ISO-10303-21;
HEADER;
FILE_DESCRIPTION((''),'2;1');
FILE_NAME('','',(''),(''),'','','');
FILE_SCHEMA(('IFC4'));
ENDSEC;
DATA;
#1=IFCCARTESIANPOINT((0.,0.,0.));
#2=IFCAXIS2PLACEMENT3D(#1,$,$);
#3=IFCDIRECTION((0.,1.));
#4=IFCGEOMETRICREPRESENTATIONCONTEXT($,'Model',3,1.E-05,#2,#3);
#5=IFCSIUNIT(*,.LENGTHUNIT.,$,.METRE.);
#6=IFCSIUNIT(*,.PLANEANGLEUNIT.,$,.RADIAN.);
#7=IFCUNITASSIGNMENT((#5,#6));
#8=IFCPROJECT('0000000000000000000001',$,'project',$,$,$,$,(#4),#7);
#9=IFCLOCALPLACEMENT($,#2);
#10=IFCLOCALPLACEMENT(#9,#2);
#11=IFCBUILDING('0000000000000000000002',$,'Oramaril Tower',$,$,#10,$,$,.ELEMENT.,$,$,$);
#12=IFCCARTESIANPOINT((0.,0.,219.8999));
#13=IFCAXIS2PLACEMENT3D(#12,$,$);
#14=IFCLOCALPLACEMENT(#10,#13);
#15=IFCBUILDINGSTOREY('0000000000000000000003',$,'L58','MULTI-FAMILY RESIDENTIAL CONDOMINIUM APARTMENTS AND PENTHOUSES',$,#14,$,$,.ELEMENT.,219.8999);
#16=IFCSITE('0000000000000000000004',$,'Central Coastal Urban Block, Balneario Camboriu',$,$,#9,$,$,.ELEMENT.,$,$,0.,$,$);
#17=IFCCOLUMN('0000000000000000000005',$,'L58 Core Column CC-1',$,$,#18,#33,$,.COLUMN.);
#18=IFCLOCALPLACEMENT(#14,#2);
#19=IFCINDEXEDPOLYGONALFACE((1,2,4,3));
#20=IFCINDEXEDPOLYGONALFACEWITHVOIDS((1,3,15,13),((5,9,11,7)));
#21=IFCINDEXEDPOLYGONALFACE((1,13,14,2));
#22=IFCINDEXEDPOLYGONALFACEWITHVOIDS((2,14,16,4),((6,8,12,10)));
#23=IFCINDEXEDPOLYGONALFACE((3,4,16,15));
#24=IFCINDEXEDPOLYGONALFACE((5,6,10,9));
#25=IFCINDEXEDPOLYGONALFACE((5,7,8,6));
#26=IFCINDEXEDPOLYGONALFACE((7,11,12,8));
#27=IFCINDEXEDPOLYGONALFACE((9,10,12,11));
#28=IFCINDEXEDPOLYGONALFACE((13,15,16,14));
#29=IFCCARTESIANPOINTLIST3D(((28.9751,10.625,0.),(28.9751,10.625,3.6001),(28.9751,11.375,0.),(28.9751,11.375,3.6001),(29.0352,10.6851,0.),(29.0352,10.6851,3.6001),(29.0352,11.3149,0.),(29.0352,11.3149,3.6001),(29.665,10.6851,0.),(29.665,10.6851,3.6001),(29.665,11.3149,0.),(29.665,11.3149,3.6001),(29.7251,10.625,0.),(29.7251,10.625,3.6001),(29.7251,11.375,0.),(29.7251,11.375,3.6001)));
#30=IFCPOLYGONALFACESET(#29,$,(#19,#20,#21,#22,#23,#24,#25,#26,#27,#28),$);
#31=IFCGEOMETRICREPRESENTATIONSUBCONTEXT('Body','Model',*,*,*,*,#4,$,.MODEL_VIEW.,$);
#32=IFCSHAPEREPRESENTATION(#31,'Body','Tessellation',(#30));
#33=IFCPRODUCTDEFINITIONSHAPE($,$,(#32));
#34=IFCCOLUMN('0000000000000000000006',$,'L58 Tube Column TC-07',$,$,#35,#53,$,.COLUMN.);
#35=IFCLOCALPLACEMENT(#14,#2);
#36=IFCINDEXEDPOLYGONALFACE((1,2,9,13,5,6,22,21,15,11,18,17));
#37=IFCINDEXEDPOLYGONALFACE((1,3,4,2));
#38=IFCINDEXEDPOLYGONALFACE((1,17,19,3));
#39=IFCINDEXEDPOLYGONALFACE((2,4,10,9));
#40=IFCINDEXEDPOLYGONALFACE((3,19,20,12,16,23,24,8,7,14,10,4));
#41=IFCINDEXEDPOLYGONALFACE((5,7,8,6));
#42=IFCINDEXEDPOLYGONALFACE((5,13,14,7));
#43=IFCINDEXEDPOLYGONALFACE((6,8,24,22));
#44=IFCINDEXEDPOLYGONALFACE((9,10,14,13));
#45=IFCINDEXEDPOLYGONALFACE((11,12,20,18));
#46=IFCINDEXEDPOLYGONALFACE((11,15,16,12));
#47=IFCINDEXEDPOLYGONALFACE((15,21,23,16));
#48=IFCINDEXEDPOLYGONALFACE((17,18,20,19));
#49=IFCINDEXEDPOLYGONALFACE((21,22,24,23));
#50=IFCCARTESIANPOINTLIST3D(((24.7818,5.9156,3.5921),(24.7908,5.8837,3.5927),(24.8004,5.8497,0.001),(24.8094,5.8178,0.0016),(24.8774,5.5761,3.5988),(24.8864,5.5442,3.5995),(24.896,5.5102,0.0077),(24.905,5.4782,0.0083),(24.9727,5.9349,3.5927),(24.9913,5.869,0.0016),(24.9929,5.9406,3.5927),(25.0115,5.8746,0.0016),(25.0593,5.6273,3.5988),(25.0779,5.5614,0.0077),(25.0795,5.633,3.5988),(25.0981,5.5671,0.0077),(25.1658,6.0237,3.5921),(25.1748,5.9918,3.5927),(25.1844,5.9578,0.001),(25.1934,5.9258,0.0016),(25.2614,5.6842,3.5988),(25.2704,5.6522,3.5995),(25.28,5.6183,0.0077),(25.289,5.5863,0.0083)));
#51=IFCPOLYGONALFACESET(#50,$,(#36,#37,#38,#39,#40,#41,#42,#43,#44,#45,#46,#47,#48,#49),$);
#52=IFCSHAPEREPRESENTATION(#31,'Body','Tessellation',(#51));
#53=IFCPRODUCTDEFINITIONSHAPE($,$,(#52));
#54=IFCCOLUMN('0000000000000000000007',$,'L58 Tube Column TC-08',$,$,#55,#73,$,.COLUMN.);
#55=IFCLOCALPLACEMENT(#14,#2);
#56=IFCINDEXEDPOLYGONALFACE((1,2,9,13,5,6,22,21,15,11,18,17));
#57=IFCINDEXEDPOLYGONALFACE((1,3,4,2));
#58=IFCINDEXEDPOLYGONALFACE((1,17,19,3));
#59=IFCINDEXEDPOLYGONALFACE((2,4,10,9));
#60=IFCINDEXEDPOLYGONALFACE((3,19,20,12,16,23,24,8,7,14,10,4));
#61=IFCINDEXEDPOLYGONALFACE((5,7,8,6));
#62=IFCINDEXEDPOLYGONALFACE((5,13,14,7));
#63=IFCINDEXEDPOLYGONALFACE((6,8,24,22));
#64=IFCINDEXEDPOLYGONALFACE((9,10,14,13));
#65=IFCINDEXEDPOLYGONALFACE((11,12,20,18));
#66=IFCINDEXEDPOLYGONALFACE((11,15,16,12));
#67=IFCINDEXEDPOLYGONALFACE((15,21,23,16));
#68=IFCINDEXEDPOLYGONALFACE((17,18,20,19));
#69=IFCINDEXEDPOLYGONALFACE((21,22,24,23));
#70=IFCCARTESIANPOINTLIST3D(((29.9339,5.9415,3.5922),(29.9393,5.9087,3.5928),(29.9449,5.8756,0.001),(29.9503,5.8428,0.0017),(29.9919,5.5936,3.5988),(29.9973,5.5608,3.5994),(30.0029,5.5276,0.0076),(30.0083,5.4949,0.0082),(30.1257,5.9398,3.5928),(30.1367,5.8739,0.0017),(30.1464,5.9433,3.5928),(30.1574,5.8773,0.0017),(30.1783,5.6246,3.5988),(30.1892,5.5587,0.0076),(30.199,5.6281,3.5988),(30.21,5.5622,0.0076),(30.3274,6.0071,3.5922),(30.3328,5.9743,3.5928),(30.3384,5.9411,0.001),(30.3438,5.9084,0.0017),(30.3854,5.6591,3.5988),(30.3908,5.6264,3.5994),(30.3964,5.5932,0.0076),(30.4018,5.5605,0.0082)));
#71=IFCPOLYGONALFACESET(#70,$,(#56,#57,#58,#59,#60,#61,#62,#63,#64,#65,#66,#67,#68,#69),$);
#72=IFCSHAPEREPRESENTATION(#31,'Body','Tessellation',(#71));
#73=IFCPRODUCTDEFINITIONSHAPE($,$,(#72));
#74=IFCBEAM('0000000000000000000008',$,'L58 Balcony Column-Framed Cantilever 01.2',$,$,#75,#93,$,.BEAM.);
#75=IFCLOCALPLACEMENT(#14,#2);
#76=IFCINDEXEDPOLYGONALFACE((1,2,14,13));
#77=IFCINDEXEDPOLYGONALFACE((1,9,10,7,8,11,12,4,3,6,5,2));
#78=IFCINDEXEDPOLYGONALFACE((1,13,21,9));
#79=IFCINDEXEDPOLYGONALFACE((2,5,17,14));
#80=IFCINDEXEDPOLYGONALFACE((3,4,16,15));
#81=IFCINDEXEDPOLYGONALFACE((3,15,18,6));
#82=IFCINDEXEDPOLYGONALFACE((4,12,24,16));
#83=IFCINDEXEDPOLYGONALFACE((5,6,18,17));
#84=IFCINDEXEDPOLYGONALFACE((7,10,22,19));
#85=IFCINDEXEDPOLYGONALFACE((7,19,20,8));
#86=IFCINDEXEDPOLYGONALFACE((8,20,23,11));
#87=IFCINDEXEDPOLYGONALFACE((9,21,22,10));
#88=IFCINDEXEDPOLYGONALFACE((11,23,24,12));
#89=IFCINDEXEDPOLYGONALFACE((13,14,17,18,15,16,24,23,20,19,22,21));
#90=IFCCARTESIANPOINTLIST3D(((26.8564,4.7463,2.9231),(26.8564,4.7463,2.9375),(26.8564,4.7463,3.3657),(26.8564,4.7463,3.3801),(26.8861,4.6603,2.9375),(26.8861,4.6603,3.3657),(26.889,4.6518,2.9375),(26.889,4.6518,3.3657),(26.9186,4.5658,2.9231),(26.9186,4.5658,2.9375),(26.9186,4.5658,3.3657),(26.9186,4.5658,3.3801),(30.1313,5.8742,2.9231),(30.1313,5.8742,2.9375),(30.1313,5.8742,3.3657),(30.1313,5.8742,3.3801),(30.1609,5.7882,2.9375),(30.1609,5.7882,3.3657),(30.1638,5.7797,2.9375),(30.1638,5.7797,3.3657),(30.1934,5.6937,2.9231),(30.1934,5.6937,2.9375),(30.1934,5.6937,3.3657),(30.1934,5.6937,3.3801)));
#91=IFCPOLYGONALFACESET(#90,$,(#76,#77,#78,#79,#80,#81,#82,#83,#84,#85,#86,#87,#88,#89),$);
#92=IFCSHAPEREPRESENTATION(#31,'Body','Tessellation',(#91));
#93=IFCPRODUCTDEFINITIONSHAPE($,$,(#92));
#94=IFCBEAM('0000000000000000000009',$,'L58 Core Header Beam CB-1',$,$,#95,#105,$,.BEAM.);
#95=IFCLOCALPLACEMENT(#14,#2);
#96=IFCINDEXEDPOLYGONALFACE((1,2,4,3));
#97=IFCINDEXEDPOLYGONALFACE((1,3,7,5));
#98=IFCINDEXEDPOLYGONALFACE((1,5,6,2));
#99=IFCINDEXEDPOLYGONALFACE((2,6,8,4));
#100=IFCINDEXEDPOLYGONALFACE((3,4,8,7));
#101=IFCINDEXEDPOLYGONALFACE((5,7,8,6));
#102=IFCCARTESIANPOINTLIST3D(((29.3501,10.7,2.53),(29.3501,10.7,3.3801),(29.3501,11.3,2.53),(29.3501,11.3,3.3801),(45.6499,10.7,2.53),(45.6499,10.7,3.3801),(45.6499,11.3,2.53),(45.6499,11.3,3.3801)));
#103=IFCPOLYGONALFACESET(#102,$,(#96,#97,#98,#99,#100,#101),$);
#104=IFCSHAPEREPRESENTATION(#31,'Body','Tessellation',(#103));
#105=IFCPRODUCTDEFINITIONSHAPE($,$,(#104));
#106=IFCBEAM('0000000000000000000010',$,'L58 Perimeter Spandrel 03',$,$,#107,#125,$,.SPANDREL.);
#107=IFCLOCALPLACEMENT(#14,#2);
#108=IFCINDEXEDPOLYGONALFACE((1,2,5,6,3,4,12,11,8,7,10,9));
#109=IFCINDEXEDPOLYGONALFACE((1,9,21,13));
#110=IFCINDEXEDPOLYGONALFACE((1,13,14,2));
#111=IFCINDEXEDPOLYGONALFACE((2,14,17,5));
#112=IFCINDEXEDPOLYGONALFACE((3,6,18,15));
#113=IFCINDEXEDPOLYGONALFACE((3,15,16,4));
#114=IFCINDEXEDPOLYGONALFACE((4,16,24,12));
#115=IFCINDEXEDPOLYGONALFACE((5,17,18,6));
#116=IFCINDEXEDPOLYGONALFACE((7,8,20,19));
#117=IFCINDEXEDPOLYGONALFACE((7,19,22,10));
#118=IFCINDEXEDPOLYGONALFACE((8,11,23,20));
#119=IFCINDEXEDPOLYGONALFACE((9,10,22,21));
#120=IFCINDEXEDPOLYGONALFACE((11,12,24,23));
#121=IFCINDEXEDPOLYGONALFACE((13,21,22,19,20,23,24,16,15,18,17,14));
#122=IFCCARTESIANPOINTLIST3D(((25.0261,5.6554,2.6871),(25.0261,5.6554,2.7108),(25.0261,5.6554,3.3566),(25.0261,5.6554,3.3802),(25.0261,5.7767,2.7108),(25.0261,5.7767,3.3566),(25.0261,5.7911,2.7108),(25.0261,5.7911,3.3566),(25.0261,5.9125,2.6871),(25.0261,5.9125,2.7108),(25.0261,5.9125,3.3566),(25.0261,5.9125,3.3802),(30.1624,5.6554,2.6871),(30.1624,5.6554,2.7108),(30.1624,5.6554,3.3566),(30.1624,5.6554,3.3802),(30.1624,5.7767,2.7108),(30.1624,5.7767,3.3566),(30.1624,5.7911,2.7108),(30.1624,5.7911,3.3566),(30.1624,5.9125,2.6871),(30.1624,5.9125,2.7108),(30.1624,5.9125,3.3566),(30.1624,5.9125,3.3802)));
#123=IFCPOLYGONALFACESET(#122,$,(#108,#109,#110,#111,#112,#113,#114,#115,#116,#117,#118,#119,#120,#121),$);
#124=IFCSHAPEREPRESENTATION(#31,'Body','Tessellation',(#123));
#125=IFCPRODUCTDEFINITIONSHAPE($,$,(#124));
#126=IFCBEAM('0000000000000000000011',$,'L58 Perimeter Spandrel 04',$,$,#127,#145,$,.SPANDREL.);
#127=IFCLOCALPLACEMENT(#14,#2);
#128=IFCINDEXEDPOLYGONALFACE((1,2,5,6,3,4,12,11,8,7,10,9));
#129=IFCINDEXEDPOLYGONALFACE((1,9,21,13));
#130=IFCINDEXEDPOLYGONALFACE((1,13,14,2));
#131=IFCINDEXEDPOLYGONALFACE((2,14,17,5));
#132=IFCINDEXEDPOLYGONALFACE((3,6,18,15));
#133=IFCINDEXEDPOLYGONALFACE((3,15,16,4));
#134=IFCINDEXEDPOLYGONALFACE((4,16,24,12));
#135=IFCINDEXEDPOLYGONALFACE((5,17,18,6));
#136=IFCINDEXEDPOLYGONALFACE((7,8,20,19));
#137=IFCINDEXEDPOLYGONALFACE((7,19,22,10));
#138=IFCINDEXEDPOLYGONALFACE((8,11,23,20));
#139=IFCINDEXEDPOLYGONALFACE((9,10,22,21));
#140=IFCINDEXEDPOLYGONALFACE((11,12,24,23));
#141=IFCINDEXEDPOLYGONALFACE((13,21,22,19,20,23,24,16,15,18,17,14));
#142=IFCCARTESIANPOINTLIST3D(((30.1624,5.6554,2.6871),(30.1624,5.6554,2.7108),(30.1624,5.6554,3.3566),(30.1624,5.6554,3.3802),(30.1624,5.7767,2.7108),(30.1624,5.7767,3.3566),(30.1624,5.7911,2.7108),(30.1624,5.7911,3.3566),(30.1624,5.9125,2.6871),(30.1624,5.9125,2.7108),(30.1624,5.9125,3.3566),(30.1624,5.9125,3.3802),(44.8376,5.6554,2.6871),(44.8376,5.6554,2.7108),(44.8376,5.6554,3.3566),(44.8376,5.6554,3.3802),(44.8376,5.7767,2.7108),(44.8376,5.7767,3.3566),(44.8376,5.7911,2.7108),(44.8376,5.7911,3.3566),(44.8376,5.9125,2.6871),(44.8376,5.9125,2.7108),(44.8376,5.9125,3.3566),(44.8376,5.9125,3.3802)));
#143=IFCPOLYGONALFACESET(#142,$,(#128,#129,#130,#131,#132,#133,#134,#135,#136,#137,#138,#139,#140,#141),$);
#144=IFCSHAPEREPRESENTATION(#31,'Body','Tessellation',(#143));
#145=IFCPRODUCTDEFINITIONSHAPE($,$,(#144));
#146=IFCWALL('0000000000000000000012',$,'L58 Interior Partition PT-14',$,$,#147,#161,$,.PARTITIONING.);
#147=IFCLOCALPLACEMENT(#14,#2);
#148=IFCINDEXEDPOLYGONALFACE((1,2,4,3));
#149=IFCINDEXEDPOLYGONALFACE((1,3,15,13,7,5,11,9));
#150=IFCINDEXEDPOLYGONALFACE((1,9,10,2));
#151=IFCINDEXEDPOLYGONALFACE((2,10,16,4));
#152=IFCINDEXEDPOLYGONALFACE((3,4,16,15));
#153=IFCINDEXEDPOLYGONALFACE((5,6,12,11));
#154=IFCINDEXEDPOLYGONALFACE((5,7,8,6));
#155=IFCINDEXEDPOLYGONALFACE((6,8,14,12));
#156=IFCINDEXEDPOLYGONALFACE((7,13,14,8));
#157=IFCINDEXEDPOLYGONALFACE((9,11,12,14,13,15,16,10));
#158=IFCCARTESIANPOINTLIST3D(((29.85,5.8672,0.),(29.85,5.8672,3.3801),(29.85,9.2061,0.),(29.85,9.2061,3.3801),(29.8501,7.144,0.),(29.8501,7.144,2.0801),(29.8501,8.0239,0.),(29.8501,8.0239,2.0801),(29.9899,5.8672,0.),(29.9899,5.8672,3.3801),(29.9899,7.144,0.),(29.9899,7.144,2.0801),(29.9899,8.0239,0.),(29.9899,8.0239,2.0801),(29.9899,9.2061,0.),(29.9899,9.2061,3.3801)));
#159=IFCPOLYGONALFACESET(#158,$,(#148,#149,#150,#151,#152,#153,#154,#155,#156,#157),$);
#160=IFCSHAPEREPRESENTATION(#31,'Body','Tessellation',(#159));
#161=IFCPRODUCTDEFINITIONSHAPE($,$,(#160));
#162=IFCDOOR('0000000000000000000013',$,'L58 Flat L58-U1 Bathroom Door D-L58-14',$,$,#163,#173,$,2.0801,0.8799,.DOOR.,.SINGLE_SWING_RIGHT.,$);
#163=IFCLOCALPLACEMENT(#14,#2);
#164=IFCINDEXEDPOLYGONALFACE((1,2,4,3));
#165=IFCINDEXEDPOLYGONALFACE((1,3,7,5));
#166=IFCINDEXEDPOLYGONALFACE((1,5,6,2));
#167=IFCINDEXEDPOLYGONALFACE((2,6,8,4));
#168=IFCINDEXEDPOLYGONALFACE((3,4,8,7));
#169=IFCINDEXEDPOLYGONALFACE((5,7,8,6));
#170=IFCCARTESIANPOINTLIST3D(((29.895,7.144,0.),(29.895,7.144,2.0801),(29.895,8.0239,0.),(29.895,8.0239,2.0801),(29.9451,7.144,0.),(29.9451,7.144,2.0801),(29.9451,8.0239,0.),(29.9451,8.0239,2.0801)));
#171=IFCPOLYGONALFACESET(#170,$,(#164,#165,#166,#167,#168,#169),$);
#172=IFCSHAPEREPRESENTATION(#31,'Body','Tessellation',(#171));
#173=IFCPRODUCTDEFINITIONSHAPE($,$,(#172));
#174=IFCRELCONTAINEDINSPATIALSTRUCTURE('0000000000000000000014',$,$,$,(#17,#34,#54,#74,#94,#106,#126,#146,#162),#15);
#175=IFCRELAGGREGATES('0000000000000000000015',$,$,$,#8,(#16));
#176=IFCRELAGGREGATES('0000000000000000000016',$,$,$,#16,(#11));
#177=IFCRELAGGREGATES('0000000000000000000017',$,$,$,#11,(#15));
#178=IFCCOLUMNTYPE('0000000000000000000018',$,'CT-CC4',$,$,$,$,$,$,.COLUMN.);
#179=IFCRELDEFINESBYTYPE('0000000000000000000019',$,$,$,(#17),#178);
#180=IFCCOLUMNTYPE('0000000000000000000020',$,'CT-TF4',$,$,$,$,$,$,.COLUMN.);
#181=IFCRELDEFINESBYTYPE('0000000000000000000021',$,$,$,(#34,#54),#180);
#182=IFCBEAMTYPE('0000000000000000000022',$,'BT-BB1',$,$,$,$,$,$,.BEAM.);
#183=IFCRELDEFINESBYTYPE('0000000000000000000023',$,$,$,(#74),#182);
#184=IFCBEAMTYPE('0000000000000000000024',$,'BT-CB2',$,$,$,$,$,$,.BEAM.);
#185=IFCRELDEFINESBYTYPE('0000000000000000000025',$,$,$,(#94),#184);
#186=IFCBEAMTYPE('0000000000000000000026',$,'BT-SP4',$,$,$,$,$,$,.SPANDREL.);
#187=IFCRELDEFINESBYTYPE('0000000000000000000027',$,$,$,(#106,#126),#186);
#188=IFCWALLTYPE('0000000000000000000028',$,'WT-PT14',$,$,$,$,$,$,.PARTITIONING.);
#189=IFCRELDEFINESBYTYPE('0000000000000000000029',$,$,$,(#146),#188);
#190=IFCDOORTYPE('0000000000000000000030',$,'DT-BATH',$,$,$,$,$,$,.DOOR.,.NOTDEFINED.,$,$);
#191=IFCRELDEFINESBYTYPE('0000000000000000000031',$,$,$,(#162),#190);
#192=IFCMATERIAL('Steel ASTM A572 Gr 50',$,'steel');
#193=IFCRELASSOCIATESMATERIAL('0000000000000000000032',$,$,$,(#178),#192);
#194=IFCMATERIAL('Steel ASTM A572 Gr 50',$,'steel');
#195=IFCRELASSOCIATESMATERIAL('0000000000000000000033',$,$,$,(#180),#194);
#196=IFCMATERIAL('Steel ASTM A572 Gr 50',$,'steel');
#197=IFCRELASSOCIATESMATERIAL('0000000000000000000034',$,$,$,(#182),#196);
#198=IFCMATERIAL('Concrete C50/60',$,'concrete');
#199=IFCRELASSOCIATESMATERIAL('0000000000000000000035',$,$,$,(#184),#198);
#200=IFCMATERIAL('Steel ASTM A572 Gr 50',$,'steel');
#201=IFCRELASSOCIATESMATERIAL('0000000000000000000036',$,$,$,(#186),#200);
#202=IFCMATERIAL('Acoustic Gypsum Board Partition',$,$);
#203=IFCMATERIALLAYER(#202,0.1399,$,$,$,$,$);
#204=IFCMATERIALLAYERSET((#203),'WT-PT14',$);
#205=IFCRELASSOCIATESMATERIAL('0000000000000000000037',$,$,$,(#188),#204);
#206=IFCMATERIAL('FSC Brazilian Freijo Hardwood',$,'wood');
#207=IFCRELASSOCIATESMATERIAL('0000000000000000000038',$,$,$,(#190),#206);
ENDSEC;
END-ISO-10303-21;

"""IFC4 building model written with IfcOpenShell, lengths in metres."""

from ifc_helpers import new_model, si_unit, direction, frame, frame_2d, origin, origin_2d, place, context, subcontext, project, spatial, rectangle, hollow_rectangle, i_section, extrude, material, layer, layer_set, material_profile, profile_set, type_object, element, fill, save


model = new_model("IFC4")

# Units and contexts
model_context = context("Model", 3, precision=1e-05, world=origin(), true_north=direction((0.0, 1.0)))
body_context = subcontext(model_context, "Body", "Model", "MODEL_VIEW")
ifc_project = project(units=[si_unit("LENGTHUNIT", "METRE"), si_unit("PLANEANGLEUNIT", "RADIAN")], contexts=[model_context])

# Site, building, storey
site_placement = place(None, origin())
site = spatial("IfcSite", under=ifc_project, at=site_placement, Name="Central Coastal Urban Block, Balneario Camboriu", CompositionType="ELEMENT", RefElevation=0.0)
building_placement = place(site_placement, origin())
building = spatial("IfcBuilding", under=site, at=building_placement, Name="Oramaril Tower", CompositionType="ELEMENT")
storey_placement = place(building_placement, frame((0.0, 0.0, 219.8999)))
storey = spatial("IfcBuildingStorey", under=building, at=storey_placement, Name="L58", Description="MULTI-FAMILY RESIDENTIAL CONDOMINIUM APARTMENTS AND PENTHOUSES", CompositionType="ELEMENT", Elevation=219.8999)

# Columns
ifc_material_1 = material(Name="Steel ASTM A572 Gr 50", Category="steel")
ifc_material_profile_1 = material_profile(ifc_material_1, hollow_rectangle(XDim=0.75, YDim=0.75, WallThickness=0.0601, at=origin_2d()), Name="BOX750X750X60")
ifc_profile_set_1 = profile_set([ifc_material_profile_1], Name="Steel ASTM A572 Gr 50")
column_type_1 = type_object("IfcColumnType", Name="CT-CC4", PredefinedType="COLUMN", material=ifc_profile_set_1)
column_placement = place(storey_placement, frame((29.3501, 11.0, 0.0), z_axis=(0.0, 0.0, 1.0), x_axis=(1.0, 0.0, 0.0)))
element("IfcColumn", 1, at=column_placement, inside=storey, type_object=column_type_1, Name="L58 Core Column CC-1", PredefinedType="COLUMN", context=body_context, shape_type="SweptSolid", body=[
    extrude(hollow_rectangle(XDim=0.75, YDim=0.75, WallThickness=0.0601, at=origin_2d()), origin(), (0.0, 0.0, 1.0), 3.6001),
])
ifc_material_2 = material(Name="Steel ASTM A572 Gr 50", Category="steel")
ifc_material_profile_2 = material_profile(ifc_material_2, i_section(OverallWidth=0.3989, OverallDepth=0.386, WebThickness=0.021, FlangeThickness=0.0332, at=origin_2d()), Name="W14X176")
ifc_profile_set_2 = profile_set([ifc_material_profile_2], Name="Steel ASTM A572 Gr 50")
column_type_2 = type_object("IfcColumnType", Name="CT-TF4", PredefinedType="COLUMN", material=ifc_profile_set_2)
for number, where, z_axis, x_axis, name in (
    (2, (25.0447, 5.718, 0.0046), (-0.005166, 0.018353, 0.999818), (-0.962593, -0.270952, 0.0), "L58 Tube Column TC-07"),
    (3, (30.1733, 5.718, 0.0046), (-0.003059, 0.018353, 0.999827), (-0.986394, -0.164399, 0.0), "L58 Tube Column TC-08"),
):
    element("IfcColumn", number, at=place(storey_placement, frame(where, z_axis=z_axis, x_axis=x_axis)), inside=storey, type_object=column_type_2, Name=name, PredefinedType="COLUMN", context=body_context, shape_type="SweptSolid", body=[
        extrude(i_section(OverallWidth=0.3989, OverallDepth=0.386, WebThickness=0.021, FlangeThickness=0.0332, at=origin_2d()), origin(), (0.0, 0.0, 1.0), 3.5918),
    ])

# Beams
ifc_material_3 = material(Name="Steel ASTM A572 Gr 50", Category="steel")
ifc_material_profile_3 = material_profile(ifc_material_3, i_section(OverallWidth=0.1909, OverallDepth=0.457, WebThickness=0.009, FlangeThickness=0.0144, at=origin_2d()), Name="W18X50")
ifc_profile_set_3 = profile_set([ifc_material_profile_3], Name="Steel ASTM A572 Gr 50")
beam_type_1 = type_object("IfcBeamType", Name="BT-BB1", PredefinedType="BEAM", material=ifc_profile_set_3)
beam_1_placement = place(storey_placement, frame((30.1624, 5.7839, 3.1516), z_axis=(-0.945493, -0.325643, 0.0), x_axis=(0.325643, -0.945493, 0.0)))
element("IfcBeam", 4, at=beam_1_placement, inside=storey, type_object=beam_type_1, Name="L58 Balcony Column-Framed Cantilever 01.2", PredefinedType="BEAM", context=body_context, shape_type="SweptSolid", body=[
    extrude(i_section(OverallWidth=0.1909, OverallDepth=0.457, WebThickness=0.009, FlangeThickness=0.0144, at=origin_2d()), origin(), (0.0, 0.0, 1.0), 3.4636),
])
ifc_material_4 = material(Name="Concrete C50/60", Category="concrete")
ifc_material_profile_4 = material_profile(ifc_material_4, rectangle(XDim=0.6001, YDim=0.8501, at=origin_2d()), Name="CB600X850")
ifc_profile_set_4 = profile_set([ifc_material_profile_4], Name="Concrete C50/60")
beam_type_2 = type_object("IfcBeamType", Name="BT-CB2", PredefinedType="BEAM", material=ifc_profile_set_4)
beam_2_placement = place(storey_placement, frame((29.3501, 11.0, 2.9551), z_axis=(1.0, 0.0, 0.0), x_axis=(0.0, 1.0, 0.0)))
element("IfcBeam", 5, at=beam_2_placement, inside=storey, type_object=beam_type_2, Name="L58 Core Header Beam CB-1", PredefinedType="BEAM", context=body_context, shape_type="SweptSolid", body=[
    extrude(rectangle(XDim=0.6001, YDim=0.8501, at=origin_2d()), origin(), (0.0, 0.0, 1.0), 16.2998),
])
ifc_material_5 = material(Name="Steel ASTM A572 Gr 50", Category="steel")
ifc_material_profile_5 = material_profile(ifc_material_5, i_section(OverallWidth=0.2571, OverallDepth=0.6931, WebThickness=0.0144, FlangeThickness=0.0237, at=origin_2d()), Name="W27X114")
ifc_profile_set_5 = profile_set([ifc_material_profile_5], Name="Steel ASTM A572 Gr 50")
beam_type_3 = type_object("IfcBeamType", Name="BT-SP4", PredefinedType="SPANDREL", material=ifc_profile_set_5)
beam_3_placement = place(storey_placement, frame((25.0261, 5.7839, 3.0337), z_axis=(1.0, 0.0, 0.0), x_axis=(0.0, 1.0, 0.0)))
element("IfcBeam", 6, at=beam_3_placement, inside=storey, type_object=beam_type_3, Name="L58 Perimeter Spandrel 03", PredefinedType="SPANDREL", context=body_context, shape_type="SweptSolid", body=[
    extrude(i_section(OverallWidth=0.2571, OverallDepth=0.6931, WebThickness=0.0144, FlangeThickness=0.0237, at=origin_2d()), origin(), (0.0, 0.0, 1.0), 5.1362),
])
beam_4_placement = place(storey_placement, frame((30.1624, 5.7839, 3.0337), z_axis=(1.0, 0.0, 0.0), x_axis=(0.0, 1.0, 0.0)))
element("IfcBeam", 7, at=beam_4_placement, inside=storey, type_object=beam_type_3, Name="L58 Perimeter Spandrel 04", PredefinedType="SPANDREL", context=body_context, shape_type="SweptSolid", body=[
    extrude(i_section(OverallWidth=0.2571, OverallDepth=0.6931, WebThickness=0.0144, FlangeThickness=0.0237, at=origin_2d()), origin(), (0.0, 0.0, 1.0), 14.6753),
])

# Wall, opening, door
ifc_material_6 = material(Name="Acoustic Gypsum Board Partition")
ifc_layer_1 = layer(ifc_material_6, 0.1399)
ifc_layer_set_1 = layer_set([ifc_layer_1], Name="WT-PT14")
wall_type_1 = type_object("IfcWallType", Name="WT-PT14", PredefinedType="PARTITIONING", material=ifc_layer_set_1)
wall_1_placement = place(storey_placement, frame((29.9199, 5.8672, 0.0), z_axis=(0.0, 0.0, 1.0), x_axis=(0.0, 1.0, 0.0)))
wall_1 = element("IfcWall", 8, at=wall_1_placement, inside=storey, type_object=wall_type_1, Name="L58 Interior Partition PT-14", PredefinedType="PARTITIONING", context=body_context, shape_type="SweptSolid", body=[
    extrude(rectangle(XDim=3.3389, YDim=0.1399, at=frame_2d((1.6694, 0.0))), origin(), (0.0, 0.0, 1.0), 3.3801),
])
opening_1_placement = place(wall_1_placement, frame((1.2769, 0.0, 0.0)))
opening_1 = element("IfcOpeningElement", 9, at=opening_1_placement, cuts=wall_1, PredefinedType="OPENING", context=body_context, shape_type="SweptSolid", body=[
    extrude(rectangle(XDim=0.8799, YDim=2.0801, at=frame_2d((0.4399, 1.04))), frame((0.0, 0.0698, 0.0), z_axis=(0.0, -1.0, 0.0), x_axis=(1.0, 0.0, 0.0)), (0.0, 0.0, 1.0), 0.1399),
])
ifc_material_7 = material(Name="FSC Brazilian Freijo Hardwood", Category="wood")
door_type_1 = type_object("IfcDoorType", Name="DT-BATH", OperationType="NOTDEFINED", PredefinedType="DOOR", material=ifc_material_7)
door_1_placement = place(opening_1_placement, origin())
door_1 = element("IfcDoor", 10, at=door_1_placement, inside=storey, type_object=door_type_1, Name="L58 Flat L58-U1 Bathroom Door D-L58-14", OperationType="SINGLE_SWING_RIGHT", OverallHeight=2.0801, OverallWidth=0.8799, PredefinedType="DOOR", context=body_context, shape_type="SweptSolid", body=[
    extrude(rectangle(XDim=0.8799, YDim=2.0801, at=frame_2d((0.4399, 1.04))), frame((0.0, 0.0249, 0.0), z_axis=(0.0, -1.0, 0.0), x_axis=(1.0, 0.0, 0.0)), (0.0, 0.0, 1.0), 0.05),
])
fill(opening_1, door_1)

save(model, "model.ifc")
